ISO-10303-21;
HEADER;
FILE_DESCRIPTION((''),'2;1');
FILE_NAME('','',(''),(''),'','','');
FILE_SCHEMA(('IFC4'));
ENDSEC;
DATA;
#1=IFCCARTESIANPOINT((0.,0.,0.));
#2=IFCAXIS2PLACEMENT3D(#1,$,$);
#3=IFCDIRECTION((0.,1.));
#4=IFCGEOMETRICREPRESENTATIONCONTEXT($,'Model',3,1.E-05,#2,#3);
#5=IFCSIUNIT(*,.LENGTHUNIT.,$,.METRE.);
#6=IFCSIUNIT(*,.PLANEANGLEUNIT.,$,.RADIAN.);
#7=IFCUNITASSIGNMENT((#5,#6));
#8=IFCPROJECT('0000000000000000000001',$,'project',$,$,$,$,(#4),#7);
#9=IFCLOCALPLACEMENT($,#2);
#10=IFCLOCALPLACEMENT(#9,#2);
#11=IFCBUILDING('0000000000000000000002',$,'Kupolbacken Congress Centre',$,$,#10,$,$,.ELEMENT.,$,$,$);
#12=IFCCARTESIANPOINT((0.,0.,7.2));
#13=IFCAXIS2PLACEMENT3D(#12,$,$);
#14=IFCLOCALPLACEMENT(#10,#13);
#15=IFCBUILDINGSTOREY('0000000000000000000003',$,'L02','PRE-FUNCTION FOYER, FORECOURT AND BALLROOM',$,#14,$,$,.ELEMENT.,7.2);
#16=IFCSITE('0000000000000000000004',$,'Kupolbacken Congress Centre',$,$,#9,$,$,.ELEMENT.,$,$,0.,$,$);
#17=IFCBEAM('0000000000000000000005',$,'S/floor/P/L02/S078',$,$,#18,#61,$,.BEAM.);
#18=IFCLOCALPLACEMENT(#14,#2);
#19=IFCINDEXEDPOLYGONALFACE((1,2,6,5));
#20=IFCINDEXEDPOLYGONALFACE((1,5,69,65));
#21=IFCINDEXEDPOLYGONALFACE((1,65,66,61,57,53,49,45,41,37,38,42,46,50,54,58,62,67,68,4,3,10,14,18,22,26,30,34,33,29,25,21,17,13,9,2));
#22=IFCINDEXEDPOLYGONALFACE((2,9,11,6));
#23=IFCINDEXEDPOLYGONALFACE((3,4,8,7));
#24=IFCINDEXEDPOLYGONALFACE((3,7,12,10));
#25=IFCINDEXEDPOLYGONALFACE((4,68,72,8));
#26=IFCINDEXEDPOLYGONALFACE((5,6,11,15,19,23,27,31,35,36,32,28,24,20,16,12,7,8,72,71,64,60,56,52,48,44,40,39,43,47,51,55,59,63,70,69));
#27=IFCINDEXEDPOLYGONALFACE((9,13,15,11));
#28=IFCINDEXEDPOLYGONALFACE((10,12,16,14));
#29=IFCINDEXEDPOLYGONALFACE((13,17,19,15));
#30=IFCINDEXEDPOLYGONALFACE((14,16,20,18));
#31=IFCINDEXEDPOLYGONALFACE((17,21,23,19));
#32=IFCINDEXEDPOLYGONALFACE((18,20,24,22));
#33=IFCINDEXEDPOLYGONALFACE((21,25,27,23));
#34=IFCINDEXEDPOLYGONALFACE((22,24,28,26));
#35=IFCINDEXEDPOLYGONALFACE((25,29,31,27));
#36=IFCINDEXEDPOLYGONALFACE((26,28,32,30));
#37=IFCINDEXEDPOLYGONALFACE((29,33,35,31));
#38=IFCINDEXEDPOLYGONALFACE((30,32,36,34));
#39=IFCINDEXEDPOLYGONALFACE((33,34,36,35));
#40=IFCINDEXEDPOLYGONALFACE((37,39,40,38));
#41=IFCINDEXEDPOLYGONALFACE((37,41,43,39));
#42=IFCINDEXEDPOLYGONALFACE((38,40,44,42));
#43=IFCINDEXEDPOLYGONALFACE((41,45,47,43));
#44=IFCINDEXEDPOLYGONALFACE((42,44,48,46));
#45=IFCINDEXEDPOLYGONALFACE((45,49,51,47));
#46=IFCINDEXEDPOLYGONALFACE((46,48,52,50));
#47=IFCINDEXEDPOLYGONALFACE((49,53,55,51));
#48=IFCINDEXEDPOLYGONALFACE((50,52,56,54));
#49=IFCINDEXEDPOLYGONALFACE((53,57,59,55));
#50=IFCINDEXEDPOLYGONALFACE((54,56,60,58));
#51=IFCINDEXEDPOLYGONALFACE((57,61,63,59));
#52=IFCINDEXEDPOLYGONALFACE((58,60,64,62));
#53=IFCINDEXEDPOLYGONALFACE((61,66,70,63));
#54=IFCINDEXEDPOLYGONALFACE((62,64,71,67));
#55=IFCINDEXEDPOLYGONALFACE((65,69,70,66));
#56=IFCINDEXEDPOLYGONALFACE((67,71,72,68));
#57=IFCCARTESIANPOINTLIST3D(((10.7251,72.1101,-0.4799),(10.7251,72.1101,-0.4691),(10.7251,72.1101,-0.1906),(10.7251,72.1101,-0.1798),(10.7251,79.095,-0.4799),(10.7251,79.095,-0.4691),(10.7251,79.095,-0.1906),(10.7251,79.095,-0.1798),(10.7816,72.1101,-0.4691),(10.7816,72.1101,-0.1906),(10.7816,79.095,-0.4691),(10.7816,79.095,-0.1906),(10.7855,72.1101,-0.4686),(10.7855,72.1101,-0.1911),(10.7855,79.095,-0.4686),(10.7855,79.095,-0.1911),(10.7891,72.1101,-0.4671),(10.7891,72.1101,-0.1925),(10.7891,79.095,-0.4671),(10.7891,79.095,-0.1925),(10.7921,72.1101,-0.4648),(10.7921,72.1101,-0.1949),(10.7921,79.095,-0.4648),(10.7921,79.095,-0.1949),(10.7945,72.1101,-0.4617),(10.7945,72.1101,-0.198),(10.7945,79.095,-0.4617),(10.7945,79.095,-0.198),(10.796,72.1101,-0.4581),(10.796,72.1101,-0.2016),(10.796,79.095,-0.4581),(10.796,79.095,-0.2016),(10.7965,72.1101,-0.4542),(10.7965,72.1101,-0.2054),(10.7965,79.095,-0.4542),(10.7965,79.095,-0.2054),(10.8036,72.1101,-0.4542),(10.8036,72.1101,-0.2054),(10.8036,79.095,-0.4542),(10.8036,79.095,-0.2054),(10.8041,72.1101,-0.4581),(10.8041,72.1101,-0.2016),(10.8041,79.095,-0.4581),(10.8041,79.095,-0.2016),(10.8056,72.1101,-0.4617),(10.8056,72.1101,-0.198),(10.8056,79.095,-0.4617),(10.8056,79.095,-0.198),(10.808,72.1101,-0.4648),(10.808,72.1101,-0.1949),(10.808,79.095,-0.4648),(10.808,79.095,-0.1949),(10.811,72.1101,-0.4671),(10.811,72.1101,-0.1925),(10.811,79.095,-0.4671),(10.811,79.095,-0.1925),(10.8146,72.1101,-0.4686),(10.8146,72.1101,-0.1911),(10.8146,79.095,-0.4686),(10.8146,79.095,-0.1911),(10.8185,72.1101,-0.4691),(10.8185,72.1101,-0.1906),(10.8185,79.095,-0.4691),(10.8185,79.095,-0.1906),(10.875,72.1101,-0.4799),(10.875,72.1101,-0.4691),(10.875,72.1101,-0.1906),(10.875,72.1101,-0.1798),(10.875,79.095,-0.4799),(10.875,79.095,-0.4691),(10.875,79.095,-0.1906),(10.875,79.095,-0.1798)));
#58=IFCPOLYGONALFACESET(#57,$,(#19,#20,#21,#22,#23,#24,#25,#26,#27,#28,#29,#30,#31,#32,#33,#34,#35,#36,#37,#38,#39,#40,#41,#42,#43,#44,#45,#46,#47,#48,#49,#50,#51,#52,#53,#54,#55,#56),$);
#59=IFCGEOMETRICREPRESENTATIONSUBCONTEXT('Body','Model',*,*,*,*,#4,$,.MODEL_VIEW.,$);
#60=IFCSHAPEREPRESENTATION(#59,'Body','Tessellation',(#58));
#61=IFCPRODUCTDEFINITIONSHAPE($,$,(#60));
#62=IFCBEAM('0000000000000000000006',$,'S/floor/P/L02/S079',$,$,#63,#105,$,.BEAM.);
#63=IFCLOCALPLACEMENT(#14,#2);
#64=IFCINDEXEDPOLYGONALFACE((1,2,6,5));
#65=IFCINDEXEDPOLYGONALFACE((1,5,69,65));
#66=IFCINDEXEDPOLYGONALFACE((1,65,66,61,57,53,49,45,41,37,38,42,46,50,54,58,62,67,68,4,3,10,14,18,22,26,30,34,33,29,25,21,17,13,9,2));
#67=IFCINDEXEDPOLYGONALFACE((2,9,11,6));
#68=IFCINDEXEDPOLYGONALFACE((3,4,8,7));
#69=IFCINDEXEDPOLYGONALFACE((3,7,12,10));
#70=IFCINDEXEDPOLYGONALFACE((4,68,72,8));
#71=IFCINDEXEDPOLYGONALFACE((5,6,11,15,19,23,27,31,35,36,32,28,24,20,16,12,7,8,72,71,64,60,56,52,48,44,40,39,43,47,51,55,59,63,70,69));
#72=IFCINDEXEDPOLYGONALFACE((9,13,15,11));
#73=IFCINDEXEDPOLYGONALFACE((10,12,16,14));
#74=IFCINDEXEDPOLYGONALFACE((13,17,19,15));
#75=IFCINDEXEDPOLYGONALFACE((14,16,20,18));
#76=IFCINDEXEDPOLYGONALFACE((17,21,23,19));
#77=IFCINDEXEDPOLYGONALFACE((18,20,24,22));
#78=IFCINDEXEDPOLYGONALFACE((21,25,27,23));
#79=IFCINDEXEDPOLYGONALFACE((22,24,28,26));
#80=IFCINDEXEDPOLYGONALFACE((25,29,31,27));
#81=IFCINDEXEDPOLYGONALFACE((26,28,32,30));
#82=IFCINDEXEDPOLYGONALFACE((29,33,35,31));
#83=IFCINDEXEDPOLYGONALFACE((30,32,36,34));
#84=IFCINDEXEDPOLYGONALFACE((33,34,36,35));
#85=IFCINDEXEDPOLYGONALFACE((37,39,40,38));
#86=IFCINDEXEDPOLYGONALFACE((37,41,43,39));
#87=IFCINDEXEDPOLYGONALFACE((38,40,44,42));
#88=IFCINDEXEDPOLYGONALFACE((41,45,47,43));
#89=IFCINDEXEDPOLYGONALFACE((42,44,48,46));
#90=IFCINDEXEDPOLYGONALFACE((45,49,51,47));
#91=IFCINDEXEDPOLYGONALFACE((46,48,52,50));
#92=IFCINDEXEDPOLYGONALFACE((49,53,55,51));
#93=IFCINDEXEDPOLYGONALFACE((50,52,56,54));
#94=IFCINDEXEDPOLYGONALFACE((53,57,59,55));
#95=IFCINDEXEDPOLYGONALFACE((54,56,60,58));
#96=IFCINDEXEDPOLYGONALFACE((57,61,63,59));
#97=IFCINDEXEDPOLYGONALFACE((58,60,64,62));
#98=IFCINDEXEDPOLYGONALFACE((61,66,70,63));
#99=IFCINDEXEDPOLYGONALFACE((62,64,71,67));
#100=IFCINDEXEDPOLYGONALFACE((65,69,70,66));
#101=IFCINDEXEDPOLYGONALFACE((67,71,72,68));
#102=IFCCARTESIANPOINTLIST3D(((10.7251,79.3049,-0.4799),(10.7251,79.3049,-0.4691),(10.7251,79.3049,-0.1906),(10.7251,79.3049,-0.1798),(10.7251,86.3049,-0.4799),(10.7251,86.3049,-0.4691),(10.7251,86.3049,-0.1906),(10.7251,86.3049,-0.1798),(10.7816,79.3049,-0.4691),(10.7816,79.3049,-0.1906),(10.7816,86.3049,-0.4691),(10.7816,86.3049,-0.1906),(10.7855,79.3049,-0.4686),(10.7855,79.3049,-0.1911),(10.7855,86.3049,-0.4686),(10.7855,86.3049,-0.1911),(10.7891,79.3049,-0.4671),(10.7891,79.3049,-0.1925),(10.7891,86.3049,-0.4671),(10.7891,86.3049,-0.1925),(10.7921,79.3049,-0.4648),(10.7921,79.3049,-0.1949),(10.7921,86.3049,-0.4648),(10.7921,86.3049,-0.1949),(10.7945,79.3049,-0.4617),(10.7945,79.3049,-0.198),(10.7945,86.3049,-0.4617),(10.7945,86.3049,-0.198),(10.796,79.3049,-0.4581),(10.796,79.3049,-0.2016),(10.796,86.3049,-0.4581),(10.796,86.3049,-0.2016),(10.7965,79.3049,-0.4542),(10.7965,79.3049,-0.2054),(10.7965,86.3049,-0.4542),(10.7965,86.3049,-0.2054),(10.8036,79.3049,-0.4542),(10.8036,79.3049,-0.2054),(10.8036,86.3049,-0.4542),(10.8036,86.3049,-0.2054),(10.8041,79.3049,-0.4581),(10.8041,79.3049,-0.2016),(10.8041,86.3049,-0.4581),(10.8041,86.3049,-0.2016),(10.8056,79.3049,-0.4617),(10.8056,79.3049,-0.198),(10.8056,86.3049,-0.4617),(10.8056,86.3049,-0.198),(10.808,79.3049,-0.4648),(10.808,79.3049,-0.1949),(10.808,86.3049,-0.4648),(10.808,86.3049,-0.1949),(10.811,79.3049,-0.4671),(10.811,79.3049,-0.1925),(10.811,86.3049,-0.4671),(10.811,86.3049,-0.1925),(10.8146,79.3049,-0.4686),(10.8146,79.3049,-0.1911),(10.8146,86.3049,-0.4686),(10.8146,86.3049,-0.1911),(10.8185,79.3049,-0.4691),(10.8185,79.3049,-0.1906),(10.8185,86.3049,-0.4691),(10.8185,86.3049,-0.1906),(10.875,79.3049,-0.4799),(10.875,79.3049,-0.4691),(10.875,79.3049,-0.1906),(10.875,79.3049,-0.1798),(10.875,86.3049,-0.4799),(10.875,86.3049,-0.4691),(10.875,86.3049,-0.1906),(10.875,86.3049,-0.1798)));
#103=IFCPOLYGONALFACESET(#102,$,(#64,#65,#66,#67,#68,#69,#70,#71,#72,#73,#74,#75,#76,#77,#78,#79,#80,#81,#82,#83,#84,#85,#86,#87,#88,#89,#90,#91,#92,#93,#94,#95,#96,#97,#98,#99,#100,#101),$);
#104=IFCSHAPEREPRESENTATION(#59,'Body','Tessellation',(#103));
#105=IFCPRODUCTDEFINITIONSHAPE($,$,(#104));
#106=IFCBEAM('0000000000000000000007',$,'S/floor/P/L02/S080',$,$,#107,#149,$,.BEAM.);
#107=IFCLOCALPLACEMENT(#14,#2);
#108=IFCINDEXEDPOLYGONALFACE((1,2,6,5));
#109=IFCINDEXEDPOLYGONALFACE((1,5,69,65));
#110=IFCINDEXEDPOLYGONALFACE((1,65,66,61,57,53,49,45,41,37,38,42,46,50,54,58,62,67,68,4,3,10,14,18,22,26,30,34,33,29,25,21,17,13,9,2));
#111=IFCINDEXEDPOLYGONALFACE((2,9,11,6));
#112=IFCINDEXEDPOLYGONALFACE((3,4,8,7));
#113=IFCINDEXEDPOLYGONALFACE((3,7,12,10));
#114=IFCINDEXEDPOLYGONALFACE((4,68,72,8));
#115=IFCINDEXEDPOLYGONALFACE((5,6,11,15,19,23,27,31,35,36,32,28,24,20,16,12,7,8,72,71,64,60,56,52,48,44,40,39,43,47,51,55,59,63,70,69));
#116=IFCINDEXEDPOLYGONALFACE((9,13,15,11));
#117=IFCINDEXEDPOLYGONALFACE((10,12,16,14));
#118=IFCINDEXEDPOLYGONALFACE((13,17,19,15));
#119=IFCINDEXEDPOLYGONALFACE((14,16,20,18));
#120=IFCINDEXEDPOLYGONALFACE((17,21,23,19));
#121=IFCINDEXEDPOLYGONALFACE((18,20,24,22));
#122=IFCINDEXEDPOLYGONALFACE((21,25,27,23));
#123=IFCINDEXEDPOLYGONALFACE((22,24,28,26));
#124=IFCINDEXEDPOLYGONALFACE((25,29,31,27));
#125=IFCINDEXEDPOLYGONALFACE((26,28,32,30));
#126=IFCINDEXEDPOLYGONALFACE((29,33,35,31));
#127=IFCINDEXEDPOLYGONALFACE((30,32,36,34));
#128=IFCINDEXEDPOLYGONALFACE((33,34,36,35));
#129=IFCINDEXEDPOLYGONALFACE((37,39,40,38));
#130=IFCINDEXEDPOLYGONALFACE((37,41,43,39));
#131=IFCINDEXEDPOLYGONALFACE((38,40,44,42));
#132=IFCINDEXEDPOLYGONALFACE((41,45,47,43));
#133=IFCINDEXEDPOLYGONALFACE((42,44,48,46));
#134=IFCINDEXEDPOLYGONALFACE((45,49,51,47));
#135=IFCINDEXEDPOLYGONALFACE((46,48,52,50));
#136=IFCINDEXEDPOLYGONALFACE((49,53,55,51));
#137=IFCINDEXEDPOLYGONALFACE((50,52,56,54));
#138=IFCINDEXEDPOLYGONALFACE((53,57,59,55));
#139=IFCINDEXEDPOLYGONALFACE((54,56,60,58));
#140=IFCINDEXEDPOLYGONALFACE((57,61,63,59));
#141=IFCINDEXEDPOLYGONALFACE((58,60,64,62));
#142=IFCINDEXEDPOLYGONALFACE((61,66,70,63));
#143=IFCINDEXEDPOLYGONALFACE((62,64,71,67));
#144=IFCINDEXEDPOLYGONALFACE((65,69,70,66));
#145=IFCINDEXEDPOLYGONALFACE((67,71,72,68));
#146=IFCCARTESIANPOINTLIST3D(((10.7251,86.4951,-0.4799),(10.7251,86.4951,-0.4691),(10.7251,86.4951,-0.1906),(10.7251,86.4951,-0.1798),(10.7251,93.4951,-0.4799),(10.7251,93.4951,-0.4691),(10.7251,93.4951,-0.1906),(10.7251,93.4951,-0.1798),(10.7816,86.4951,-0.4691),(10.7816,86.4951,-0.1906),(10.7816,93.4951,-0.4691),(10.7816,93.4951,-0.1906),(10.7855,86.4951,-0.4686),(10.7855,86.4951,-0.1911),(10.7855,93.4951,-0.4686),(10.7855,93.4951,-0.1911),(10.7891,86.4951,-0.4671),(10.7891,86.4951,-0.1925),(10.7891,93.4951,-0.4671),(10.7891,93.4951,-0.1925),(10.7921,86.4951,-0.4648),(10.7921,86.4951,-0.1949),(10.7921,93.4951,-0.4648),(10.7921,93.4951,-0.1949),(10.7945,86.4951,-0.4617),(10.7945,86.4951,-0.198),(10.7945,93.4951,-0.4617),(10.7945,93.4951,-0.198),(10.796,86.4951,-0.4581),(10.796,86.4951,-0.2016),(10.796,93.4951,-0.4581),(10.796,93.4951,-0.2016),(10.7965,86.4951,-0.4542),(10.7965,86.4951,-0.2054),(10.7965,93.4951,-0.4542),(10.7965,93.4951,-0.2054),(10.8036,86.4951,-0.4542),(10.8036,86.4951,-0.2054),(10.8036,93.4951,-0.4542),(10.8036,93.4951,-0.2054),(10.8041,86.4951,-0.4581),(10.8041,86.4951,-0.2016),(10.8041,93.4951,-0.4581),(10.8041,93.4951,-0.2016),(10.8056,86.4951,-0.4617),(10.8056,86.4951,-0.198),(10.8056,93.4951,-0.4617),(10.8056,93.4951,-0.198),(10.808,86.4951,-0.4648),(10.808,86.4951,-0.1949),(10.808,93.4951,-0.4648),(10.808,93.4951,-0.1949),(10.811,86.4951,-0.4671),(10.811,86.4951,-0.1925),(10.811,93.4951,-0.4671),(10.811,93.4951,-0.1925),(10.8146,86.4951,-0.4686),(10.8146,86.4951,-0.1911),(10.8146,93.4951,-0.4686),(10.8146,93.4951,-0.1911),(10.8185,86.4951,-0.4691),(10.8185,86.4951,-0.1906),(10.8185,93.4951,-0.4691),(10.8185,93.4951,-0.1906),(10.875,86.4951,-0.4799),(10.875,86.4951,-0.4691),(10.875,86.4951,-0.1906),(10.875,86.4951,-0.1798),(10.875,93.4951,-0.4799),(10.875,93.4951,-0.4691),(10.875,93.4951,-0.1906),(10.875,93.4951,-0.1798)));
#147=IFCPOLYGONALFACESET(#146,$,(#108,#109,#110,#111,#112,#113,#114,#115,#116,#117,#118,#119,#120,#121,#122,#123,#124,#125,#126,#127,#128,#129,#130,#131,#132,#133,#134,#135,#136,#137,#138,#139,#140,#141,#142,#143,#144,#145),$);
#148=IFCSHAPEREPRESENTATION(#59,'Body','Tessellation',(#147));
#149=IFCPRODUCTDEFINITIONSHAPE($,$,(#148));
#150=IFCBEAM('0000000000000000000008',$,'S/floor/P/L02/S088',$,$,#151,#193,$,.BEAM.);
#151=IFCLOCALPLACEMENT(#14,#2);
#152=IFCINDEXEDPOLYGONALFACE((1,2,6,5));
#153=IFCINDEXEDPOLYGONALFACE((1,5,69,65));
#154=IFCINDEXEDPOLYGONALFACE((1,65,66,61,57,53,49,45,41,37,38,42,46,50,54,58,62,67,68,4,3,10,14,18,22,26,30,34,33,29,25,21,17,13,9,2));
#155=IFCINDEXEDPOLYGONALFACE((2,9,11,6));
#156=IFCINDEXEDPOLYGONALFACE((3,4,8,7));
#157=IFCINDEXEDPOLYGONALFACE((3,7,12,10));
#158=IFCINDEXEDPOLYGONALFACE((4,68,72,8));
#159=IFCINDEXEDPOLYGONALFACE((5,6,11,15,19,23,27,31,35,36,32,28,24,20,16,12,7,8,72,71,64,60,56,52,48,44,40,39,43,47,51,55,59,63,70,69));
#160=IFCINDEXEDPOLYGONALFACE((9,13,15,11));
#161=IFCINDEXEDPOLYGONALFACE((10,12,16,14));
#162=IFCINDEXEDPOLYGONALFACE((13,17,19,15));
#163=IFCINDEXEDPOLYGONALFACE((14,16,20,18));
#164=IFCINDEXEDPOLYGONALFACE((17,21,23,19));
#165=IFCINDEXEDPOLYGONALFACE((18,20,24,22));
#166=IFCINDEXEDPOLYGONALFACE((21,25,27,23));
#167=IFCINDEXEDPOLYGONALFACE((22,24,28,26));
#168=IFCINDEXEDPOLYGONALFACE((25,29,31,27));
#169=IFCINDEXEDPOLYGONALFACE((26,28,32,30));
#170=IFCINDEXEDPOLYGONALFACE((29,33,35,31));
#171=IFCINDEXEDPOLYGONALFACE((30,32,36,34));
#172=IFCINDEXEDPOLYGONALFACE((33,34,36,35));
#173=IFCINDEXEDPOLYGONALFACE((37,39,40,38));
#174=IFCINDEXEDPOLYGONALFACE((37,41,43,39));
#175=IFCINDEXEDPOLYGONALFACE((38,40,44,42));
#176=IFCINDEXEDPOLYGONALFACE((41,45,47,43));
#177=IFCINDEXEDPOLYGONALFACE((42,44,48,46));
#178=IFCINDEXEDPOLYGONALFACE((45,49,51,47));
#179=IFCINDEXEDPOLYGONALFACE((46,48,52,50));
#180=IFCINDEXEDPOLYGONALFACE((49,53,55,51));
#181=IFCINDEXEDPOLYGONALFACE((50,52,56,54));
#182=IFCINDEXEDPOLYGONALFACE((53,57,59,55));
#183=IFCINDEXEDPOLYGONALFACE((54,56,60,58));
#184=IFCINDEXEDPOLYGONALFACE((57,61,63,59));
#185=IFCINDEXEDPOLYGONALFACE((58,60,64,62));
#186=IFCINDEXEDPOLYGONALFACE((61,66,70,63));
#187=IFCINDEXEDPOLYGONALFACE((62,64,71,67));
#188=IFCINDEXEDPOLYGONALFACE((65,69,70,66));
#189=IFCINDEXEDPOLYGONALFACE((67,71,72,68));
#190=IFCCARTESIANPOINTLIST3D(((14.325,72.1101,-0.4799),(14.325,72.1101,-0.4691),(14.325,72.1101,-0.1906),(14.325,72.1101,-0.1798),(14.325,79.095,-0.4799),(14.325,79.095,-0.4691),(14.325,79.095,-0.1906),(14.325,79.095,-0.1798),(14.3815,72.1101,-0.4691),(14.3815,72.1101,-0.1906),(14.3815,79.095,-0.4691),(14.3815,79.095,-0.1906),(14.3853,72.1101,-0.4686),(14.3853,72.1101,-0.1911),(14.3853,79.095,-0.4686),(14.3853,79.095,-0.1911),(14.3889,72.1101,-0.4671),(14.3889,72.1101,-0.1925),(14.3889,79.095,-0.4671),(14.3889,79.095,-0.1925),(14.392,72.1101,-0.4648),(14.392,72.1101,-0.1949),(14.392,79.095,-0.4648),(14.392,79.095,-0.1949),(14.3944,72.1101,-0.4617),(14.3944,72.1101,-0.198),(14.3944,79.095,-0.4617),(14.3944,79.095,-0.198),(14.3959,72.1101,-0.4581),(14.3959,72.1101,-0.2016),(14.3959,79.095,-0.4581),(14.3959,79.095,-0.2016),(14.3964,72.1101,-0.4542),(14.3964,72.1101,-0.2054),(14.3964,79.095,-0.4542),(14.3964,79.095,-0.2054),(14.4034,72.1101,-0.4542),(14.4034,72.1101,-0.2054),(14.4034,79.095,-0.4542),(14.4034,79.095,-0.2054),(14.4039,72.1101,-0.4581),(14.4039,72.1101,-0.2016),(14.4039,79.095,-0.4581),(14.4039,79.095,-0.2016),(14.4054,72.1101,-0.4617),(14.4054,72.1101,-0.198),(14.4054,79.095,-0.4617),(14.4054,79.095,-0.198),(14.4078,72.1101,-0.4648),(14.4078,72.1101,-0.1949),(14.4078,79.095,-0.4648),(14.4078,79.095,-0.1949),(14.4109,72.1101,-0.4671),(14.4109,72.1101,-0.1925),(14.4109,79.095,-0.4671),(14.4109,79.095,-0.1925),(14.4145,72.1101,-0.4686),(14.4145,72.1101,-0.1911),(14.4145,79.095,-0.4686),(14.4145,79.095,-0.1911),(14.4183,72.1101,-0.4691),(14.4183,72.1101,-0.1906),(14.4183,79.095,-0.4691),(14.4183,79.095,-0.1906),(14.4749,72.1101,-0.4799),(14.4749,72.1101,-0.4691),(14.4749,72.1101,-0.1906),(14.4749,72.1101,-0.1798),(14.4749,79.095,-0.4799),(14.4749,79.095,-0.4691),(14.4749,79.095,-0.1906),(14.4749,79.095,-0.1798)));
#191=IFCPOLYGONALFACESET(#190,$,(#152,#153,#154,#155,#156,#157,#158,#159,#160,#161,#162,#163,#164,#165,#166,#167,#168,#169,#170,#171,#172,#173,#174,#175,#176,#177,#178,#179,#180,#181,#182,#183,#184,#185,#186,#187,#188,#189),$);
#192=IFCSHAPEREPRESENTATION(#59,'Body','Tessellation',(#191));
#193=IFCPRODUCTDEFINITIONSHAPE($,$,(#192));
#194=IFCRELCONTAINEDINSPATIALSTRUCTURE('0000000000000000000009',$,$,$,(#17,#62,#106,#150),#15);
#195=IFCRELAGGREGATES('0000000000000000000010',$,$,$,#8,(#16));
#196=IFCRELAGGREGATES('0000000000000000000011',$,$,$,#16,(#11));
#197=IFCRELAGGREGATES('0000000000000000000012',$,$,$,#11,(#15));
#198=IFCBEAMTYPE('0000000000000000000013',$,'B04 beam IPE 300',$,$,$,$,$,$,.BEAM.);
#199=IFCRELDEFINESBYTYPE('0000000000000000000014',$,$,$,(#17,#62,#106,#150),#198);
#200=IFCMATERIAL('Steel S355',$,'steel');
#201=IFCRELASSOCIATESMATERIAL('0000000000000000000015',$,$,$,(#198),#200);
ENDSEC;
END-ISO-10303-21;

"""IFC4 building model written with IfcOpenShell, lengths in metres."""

from ifc_helpers import new_model, si_unit, direction, frame, origin, origin_2d, place, context, subcontext, project, spatial, i_section, extrude, material, material_profile, profile_set, type_object, element, save


model = new_model("IFC4")

# Units and contexts
model_context = context("Model", 3, precision=1e-05, world=origin(), true_north=direction((0.0, 1.0)))
body_context = subcontext(model_context, "Body", "Model", "MODEL_VIEW")
ifc_project = project(units=[si_unit("LENGTHUNIT", "METRE"), si_unit("PLANEANGLEUNIT", "RADIAN")], contexts=[model_context])

# Site, building, storey
site_placement = place(None, origin())
site = spatial("IfcSite", under=ifc_project, at=site_placement, Name="Kupolbacken Congress Centre", CompositionType="ELEMENT", RefElevation=0.0)
building_placement = place(site_placement, origin())
building = spatial("IfcBuilding", under=site, at=building_placement, Name="Kupolbacken Congress Centre", CompositionType="ELEMENT")
storey_placement = place(building_placement, frame((0.0, 0.0, 7.2)))
storey = spatial("IfcBuildingStorey", under=building, at=storey_placement, Name="L02", Description="PRE-FUNCTION FOYER, FORECOURT AND BALLROOM", CompositionType="ELEMENT", Elevation=7.2)

# Beams
ifc_material_1 = material(Name="Steel S355", Category="steel")
ifc_material_profile_1 = material_profile(ifc_material_1, i_section(OverallWidth=0.1499, OverallDepth=0.3, WebThickness=0.0071, FlangeThickness=0.0107, FilletRadius=0.0149, at=origin_2d()), Name="IPE 300")
ifc_profile_set_1 = profile_set([ifc_material_profile_1], Name="Steel S355")
beam_type_1 = type_object("IfcBeamType", Name="B04 beam IPE 300", PredefinedType="BEAM", material=ifc_profile_set_1)
beam_1_placement = place(storey_placement, frame((10.8, 72.1101, -0.3298), z_axis=(0.0, 1.0, 0.0), x_axis=(-1.0, 0.0, 0.0)))
element("IfcBeam", 1, at=beam_1_placement, inside=storey, type_object=beam_type_1, Name="S/floor/P/L02/S078", PredefinedType="BEAM", context=body_context, shape_type="SweptSolid", body=[
    extrude(i_section(OverallWidth=0.1499, OverallDepth=0.3, WebThickness=0.0071, FlangeThickness=0.0107, FilletRadius=0.0149, at=origin_2d()), origin(), (0.0, 0.0, 1.0), 6.9849),
])
for number, where, z_axis, x_axis, name in (
    (2, (10.8, 79.3049, -0.3298), (0.0, 1.0, 0.0), (-1.0, 0.0, 0.0), "S/floor/P/L02/S079"),
    (3, (10.8, 86.4951, -0.3298), (0.0, 1.0, 0.0), (-1.0, 0.0, 0.0), "S/floor/P/L02/S080"),
):
    element("IfcBeam", number, at=place(storey_placement, frame(where, z_axis=z_axis, x_axis=x_axis)), inside=storey, type_object=beam_type_1, Name=name, PredefinedType="BEAM", context=body_context, shape_type="SweptSolid", body=[
        extrude(i_section(OverallWidth=0.1499, OverallDepth=0.3, WebThickness=0.0071, FlangeThickness=0.0107, FilletRadius=0.0149, at=origin_2d()), origin(), (0.0, 0.0, 1.0), 7.0),
    ])
beam_2_placement = place(storey_placement, frame((14.3999, 72.1101, -0.3298), z_axis=(0.0, 1.0, 0.0), x_axis=(-1.0, 0.0, 0.0)))
element("IfcBeam", 4, at=beam_2_placement, inside=storey, type_object=beam_type_1, Name="S/floor/P/L02/S088", PredefinedType="BEAM", context=body_context, shape_type="SweptSolid", body=[
    extrude(i_section(OverallWidth=0.1499, OverallDepth=0.3, WebThickness=0.0071, FlangeThickness=0.0107, FilletRadius=0.0149, at=origin_2d()), origin(), (0.0, 0.0, 1.0), 6.9849),
])

save(model, "model.ifc")
